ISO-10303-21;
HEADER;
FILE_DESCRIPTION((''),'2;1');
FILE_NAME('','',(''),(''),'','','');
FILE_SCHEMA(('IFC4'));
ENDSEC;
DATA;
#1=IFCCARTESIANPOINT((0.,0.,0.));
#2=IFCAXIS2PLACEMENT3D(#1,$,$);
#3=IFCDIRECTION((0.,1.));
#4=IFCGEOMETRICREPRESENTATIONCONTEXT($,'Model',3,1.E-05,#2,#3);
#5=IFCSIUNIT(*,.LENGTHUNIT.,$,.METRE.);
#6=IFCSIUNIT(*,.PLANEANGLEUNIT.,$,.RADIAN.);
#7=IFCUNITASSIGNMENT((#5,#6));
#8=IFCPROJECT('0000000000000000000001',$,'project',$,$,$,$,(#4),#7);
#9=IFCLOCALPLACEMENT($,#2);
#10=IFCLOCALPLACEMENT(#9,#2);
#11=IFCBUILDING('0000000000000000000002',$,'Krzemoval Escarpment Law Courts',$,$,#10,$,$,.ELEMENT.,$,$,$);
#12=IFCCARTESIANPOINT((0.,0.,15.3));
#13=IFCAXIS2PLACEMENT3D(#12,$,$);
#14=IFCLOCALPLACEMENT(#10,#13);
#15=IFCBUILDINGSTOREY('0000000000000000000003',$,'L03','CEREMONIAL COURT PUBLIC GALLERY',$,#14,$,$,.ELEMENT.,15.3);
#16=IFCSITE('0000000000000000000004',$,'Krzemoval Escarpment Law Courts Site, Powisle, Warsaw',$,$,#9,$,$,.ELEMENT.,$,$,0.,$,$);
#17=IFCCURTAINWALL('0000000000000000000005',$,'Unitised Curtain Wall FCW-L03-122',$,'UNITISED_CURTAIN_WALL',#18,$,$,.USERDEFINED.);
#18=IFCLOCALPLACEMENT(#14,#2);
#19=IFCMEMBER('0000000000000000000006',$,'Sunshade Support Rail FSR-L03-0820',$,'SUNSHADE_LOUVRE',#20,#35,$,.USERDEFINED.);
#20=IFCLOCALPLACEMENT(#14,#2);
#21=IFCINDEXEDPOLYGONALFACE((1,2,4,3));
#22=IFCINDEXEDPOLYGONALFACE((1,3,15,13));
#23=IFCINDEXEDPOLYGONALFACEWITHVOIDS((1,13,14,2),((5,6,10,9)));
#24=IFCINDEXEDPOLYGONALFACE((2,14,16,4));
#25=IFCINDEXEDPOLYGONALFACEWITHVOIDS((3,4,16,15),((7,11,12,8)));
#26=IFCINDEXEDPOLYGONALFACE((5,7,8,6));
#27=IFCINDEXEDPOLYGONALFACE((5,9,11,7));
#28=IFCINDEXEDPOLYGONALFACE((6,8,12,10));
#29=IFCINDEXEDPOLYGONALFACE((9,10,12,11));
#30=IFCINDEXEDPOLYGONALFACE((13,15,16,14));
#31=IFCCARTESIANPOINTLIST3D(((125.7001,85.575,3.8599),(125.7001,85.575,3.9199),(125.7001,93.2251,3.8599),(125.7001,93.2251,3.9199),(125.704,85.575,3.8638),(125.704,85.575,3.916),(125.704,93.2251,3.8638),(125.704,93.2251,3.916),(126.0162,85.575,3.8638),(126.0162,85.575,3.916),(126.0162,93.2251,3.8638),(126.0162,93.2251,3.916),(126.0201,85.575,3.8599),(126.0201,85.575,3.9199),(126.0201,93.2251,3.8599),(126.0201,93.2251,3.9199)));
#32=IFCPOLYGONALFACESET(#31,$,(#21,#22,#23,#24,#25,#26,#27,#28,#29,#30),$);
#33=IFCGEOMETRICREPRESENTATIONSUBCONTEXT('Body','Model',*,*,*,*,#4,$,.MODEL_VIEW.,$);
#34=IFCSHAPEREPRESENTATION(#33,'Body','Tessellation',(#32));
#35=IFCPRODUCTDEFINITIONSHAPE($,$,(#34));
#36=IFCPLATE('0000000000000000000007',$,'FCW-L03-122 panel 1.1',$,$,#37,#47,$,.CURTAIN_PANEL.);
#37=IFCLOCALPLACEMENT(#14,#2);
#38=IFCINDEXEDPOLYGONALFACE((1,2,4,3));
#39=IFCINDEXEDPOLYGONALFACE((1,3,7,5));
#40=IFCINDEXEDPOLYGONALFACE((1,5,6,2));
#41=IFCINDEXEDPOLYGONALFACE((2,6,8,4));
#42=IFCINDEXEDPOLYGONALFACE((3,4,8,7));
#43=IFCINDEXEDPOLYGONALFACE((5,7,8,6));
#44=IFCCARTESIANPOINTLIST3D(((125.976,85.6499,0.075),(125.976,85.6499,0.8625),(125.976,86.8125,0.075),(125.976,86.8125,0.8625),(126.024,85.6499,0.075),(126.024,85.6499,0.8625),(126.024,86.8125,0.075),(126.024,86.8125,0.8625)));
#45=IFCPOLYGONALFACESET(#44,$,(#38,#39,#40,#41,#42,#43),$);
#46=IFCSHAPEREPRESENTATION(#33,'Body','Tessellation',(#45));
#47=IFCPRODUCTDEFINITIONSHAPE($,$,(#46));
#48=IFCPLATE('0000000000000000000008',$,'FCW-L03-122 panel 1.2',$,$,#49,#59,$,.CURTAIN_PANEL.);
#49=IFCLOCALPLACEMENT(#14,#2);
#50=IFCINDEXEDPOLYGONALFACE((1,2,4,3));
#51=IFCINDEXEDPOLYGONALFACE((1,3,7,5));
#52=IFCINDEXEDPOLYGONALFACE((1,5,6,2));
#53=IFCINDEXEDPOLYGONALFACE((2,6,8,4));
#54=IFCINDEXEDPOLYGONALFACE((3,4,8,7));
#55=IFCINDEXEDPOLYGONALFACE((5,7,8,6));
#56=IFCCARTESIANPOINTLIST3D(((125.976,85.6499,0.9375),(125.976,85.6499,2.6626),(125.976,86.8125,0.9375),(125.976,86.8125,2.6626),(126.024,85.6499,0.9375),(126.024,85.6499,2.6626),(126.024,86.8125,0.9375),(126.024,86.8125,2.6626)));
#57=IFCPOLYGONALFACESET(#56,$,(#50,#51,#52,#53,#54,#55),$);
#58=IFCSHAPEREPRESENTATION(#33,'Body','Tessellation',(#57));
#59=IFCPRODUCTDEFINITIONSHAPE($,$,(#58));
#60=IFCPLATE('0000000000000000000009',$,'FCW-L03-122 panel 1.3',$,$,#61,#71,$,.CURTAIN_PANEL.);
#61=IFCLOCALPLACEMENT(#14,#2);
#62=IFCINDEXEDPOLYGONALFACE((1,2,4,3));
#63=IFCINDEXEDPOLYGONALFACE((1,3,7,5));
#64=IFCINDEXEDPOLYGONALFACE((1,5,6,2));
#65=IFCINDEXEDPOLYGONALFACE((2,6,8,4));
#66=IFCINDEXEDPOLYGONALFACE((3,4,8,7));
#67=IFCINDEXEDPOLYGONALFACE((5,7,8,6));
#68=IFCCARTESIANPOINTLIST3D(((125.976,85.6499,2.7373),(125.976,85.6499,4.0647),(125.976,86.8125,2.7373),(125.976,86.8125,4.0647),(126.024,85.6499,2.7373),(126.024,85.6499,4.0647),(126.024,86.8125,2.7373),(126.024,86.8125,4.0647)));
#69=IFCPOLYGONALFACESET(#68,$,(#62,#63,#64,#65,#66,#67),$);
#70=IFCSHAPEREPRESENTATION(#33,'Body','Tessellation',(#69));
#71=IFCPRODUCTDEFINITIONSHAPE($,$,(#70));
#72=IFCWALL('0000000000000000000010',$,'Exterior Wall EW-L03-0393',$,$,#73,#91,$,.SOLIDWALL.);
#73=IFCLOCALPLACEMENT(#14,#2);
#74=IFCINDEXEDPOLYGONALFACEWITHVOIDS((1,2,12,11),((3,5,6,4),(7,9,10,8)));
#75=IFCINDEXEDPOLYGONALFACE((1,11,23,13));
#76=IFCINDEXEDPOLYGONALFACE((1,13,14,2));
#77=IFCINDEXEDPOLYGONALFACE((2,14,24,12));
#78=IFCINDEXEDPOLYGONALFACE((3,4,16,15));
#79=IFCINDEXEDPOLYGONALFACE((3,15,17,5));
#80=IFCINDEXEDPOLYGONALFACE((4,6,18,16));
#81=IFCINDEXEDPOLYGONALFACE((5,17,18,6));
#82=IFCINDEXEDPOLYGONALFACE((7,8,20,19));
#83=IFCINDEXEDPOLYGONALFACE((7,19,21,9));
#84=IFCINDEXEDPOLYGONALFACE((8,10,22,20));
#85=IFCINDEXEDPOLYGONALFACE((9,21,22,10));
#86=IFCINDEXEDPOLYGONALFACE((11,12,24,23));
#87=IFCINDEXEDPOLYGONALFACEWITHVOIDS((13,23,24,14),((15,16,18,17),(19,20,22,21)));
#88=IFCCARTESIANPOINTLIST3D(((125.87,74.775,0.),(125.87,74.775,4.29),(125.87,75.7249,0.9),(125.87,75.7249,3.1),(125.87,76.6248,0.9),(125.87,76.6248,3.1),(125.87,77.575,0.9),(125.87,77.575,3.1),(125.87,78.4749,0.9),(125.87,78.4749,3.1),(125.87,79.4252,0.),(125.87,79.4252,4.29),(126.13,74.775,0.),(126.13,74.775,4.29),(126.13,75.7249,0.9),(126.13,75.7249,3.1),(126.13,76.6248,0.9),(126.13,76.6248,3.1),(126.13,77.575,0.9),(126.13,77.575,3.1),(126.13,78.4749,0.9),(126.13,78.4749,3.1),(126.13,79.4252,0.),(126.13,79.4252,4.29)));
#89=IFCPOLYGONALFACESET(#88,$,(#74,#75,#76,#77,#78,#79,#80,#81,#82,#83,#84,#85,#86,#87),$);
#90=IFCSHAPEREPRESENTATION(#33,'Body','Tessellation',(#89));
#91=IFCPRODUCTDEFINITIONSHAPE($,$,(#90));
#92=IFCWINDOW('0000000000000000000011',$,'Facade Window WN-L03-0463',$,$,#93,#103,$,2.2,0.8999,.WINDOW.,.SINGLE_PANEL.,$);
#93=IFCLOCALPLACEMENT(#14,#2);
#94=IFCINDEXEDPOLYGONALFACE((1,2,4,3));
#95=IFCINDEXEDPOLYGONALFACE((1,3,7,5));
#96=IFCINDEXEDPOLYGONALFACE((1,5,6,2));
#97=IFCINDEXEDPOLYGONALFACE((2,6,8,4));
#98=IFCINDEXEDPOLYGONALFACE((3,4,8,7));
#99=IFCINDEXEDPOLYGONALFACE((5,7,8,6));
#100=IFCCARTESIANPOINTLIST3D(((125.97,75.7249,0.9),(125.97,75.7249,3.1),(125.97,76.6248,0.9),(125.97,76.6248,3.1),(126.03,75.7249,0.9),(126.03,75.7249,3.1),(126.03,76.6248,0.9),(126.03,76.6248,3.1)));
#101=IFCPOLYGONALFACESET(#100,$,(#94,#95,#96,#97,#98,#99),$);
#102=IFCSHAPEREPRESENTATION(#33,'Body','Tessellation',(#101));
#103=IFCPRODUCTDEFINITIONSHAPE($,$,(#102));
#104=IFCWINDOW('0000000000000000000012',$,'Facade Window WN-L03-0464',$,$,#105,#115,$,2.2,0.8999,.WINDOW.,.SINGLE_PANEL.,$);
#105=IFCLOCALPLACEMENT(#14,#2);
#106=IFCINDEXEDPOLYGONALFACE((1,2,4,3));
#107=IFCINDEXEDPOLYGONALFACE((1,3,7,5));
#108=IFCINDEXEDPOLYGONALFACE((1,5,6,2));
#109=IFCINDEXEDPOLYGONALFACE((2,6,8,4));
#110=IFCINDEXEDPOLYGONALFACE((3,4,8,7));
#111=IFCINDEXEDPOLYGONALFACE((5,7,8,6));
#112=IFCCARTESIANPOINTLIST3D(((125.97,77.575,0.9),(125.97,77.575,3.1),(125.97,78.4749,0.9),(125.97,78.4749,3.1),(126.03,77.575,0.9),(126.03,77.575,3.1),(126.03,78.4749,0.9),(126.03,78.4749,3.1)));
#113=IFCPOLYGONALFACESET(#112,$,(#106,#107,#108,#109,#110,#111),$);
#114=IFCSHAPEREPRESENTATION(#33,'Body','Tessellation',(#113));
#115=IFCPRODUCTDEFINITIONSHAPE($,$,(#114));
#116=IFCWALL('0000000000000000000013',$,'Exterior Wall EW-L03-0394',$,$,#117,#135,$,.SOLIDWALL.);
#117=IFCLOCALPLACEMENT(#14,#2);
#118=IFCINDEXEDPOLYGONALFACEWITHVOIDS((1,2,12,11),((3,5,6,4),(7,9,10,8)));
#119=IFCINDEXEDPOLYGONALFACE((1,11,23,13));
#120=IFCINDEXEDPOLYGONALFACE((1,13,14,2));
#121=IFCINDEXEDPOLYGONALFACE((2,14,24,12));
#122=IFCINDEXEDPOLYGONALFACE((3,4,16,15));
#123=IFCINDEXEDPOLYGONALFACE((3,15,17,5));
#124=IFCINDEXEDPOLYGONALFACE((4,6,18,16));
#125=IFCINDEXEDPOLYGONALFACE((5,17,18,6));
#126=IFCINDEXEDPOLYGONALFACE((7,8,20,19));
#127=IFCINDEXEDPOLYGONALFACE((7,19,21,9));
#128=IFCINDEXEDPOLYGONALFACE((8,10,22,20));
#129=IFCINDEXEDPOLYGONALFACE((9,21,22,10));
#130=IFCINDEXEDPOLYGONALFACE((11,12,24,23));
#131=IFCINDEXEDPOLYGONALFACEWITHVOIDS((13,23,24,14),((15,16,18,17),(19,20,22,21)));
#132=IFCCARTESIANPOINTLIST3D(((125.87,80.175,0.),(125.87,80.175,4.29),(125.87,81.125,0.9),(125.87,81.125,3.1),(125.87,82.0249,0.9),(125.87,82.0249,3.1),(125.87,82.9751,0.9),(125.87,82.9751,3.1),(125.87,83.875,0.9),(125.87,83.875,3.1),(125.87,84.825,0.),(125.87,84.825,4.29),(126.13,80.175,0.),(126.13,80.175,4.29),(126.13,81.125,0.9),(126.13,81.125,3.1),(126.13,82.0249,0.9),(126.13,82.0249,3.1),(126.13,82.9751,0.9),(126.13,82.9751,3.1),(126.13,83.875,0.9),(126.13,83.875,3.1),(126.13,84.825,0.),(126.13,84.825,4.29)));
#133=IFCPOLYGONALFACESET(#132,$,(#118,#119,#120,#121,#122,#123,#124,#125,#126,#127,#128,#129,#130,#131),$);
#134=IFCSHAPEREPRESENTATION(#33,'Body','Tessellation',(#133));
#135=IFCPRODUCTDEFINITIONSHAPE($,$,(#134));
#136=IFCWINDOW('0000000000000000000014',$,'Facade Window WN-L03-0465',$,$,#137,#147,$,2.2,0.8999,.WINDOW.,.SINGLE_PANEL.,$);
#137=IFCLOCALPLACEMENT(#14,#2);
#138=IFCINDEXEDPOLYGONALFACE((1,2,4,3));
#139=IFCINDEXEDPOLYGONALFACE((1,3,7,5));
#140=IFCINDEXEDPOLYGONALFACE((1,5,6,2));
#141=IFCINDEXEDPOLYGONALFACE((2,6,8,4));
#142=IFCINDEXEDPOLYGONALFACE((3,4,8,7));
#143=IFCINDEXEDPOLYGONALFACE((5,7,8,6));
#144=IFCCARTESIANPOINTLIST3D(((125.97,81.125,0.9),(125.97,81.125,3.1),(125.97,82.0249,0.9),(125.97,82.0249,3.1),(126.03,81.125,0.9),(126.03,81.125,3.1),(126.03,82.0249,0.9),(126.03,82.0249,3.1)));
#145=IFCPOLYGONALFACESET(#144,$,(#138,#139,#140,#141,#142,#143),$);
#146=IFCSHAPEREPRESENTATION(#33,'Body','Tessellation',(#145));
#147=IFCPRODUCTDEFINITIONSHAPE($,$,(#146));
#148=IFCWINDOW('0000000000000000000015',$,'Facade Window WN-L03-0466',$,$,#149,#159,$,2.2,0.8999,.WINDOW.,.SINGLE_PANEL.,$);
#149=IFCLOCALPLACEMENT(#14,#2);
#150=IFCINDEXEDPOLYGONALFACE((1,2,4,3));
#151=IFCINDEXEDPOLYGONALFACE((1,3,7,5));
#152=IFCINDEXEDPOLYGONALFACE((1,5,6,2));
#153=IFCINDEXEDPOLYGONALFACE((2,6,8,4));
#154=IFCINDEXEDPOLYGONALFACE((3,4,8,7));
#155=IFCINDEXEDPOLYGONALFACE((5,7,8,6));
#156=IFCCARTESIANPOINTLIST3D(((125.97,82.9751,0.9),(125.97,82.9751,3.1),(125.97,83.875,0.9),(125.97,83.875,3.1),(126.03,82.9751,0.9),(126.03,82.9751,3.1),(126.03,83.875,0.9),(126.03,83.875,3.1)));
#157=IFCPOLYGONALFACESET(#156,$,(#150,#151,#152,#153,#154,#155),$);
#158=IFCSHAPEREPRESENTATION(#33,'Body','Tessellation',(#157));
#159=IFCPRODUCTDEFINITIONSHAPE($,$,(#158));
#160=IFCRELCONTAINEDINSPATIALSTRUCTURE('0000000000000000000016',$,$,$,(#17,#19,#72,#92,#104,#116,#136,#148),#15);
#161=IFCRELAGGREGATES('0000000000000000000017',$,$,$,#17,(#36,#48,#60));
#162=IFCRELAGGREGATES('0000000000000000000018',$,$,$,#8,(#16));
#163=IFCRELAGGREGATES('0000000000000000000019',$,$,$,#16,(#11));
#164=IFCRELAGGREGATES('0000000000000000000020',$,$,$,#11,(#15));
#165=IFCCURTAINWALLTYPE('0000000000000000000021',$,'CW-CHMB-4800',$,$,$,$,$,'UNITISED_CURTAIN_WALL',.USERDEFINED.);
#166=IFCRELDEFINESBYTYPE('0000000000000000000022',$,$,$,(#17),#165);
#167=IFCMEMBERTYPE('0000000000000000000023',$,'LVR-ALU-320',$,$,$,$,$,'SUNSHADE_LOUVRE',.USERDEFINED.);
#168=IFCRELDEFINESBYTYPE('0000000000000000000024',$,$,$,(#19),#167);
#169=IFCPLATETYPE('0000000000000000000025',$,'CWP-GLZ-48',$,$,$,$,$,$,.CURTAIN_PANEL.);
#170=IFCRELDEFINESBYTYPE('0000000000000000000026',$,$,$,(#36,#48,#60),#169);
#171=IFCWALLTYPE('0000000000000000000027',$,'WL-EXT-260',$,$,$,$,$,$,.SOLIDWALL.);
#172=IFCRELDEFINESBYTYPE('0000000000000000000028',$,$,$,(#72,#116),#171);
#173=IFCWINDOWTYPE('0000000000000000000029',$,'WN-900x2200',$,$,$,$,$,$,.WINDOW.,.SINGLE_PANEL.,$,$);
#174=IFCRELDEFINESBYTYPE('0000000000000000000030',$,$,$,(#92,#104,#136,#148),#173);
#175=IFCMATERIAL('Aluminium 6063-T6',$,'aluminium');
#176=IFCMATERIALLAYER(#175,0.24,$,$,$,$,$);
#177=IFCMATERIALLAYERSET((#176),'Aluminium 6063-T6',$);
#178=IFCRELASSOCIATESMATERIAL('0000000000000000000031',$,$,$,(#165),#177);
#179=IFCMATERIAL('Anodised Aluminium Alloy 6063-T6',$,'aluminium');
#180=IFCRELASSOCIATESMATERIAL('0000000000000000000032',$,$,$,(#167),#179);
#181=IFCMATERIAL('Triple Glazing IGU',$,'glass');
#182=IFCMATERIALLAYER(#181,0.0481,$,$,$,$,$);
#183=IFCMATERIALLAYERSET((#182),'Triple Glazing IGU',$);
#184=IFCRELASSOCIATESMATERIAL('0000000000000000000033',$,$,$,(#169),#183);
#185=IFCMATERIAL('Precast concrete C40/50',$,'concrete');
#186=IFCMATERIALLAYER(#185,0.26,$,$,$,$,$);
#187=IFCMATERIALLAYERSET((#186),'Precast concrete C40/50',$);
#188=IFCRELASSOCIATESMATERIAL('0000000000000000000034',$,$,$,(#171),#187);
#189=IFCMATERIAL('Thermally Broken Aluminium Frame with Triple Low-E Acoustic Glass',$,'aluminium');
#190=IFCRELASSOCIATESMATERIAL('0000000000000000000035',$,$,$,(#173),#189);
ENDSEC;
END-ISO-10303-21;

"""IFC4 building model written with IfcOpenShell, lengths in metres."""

from ifc_helpers import new_model, si_unit, direction, frame, frame_2d, origin, origin_2d, place, context, subcontext, project, spatial, rectangle, hollow_rectangle, extrude, material, layer, layer_set, material_profile, profile_set, type_object, element, fill, aggregate, save


model = new_model("IFC4")

# Units and contexts
model_context = context("Model", 3, precision=1e-05, world=origin(), true_north=direction((0.0, 1.0)))
body_context = subcontext(model_context, "Body", "Model", "MODEL_VIEW")
ifc_project = project(units=[si_unit("LENGTHUNIT", "METRE"), si_unit("PLANEANGLEUNIT", "RADIAN")], contexts=[model_context])

# Site, building, storey
site_placement = place(None, origin())
site = spatial("IfcSite", under=ifc_project, at=site_placement, Name="Krzemoval Escarpment Law Courts Site, Powisle, Warsaw", CompositionType="ELEMENT", RefElevation=0.0)
building_placement = place(site_placement, origin())
building = spatial("IfcBuilding", under=site, at=building_placement, Name="Krzemoval Escarpment Law Courts", CompositionType="ELEMENT")
storey_placement = place(building_placement, frame((0.0, 0.0, 15.3)))
storey = spatial("IfcBuildingStorey", under=building, at=storey_placement, Name="L03", Description="CEREMONIAL COURT PUBLIC GALLERY", CompositionType="ELEMENT", Elevation=15.3)

# Curtain wall
ifc_material_1 = material(Name="Aluminium 6063-T6", Category="aluminium")
ifc_layer_1 = layer(ifc_material_1, 0.24)
ifc_layer_set_1 = layer_set([ifc_layer_1], Name="Aluminium 6063-T6")
curtain_wall_type = type_object("IfcCurtainWallType", Name="CW-CHMB-4800", ElementType="UNITISED_CURTAIN_WALL", PredefinedType="USERDEFINED", material=ifc_layer_set_1)
curtain_wall_placement = place(storey_placement, origin())
curtain_wall = element("IfcCurtainWall", 1, at=curtain_wall_placement, inside=storey, type_object=curtain_wall_type, Name="Unitised Curtain Wall FCW-L03-122", ObjectType="UNITISED_CURTAIN_WALL", PredefinedType="USERDEFINED")

# Member
ifc_material_2 = material(Name="Anodised Aluminium Alloy 6063-T6", Category="aluminium")
ifc_material_profile_1 = material_profile(ifc_material_2, hollow_rectangle(XDim=0.0601, YDim=0.3201, WallThickness=0.0039, at=origin_2d()), Name="ALU LVR 60x320")
ifc_profile_set_1 = profile_set([ifc_material_profile_1], Name="Anodised Aluminium Alloy 6063-T6")
member_type_1 = type_object("IfcMemberType", Name="LVR-ALU-320", ElementType="SUNSHADE_LOUVRE", PredefinedType="USERDEFINED", material=ifc_profile_set_1)
for number, where, z_axis, x_axis, name in (
    (2, (125.8601, 85.575, 3.8899), (0.0, 1.0, 0.0), (0.0, 0.0, 1.0), "Sunshade Support Rail FSR-L03-0820"),
):
    element("IfcMember", number, at=place(storey_placement, frame(where, z_axis=z_axis, x_axis=x_axis)), inside=storey, type_object=member_type_1, Name=name, ObjectType="SUNSHADE_LOUVRE", PredefinedType="USERDEFINED", context=body_context, shape_type="SweptSolid", body=[
        extrude(hollow_rectangle(XDim=0.0601, YDim=0.3201, WallThickness=0.0039, at=origin_2d()), origin(), (0.0, 0.0, 1.0), 7.6501),
    ])

# Plates
ifc_material_3 = material(Name="Triple Glazing IGU", Category="glass")
ifc_layer_2 = layer(ifc_material_3, 0.0481)
ifc_layer_set_2 = layer_set([ifc_layer_2], Name="Triple Glazing IGU")
plate_type = type_object("IfcPlateType", Name="CWP-GLZ-48", PredefinedType="CURTAIN_PANEL", material=ifc_layer_set_2)
plate_1_placement = place(storey_placement, frame((126.0, 86.2312, 0.075), z_axis=(0.0, 0.0, 1.0), x_axis=(0.0, 1.0, 0.0)))
plate_1 = element("IfcPlate", 3, at=plate_1_placement, type_object=plate_type, Name="FCW-L03-122 panel 1.1", PredefinedType="CURTAIN_PANEL", context=body_context, shape_type="SweptSolid", body=[
    extrude(rectangle(XDim=1.1626, YDim=0.0481, at=origin_2d()), origin(), (0.0, 0.0, 1.0), 0.7876),
])
plate_2_placement = place(storey_placement, frame((126.0, 86.2312, 0.9375), z_axis=(0.0, 0.0, 1.0), x_axis=(0.0, 1.0, 0.0)))
plate_2 = element("IfcPlate", 4, at=plate_2_placement, type_object=plate_type, Name="FCW-L03-122 panel 1.2", PredefinedType="CURTAIN_PANEL", context=body_context, shape_type="SweptSolid", body=[
    extrude(rectangle(XDim=1.1626, YDim=0.0481, at=origin_2d()), origin(), (0.0, 0.0, 1.0), 1.7251),
])
plate_3_placement = place(storey_placement, frame((126.0, 86.2312, 2.7373), z_axis=(0.0, 0.0, 1.0), x_axis=(0.0, 1.0, 0.0)))
plate_3 = element("IfcPlate", 5, at=plate_3_placement, type_object=plate_type, Name="FCW-L03-122 panel 1.3", PredefinedType="CURTAIN_PANEL", context=body_context, shape_type="SweptSolid", body=[
    extrude(rectangle(XDim=1.1626, YDim=0.0481, at=origin_2d()), origin(), (0.0, 0.0, 1.0), 1.3274),
])
aggregate(curtain_wall, [plate_1, plate_2, plate_3])

# Walls, openings, windows
ifc_material_4 = material(Name="Precast concrete C40/50", Category="concrete")
ifc_layer_3 = layer(ifc_material_4, 0.26)
ifc_layer_set_3 = layer_set([ifc_layer_3], Name="Precast concrete C40/50")
wall_type = type_object("IfcWallType", Name="WL-EXT-260", PredefinedType="SOLIDWALL", material=ifc_layer_set_3)
wall_1_placement = place(storey_placement, frame((126.0, 74.7749, 0.0), z_axis=(0.0, 0.0, 1.0), x_axis=(0.0, 1.0, 0.0)))
wall_1 = element("IfcWall", 6, at=wall_1_placement, inside=storey, type_object=wall_type, Name="Exterior Wall EW-L03-0393", PredefinedType="SOLIDWALL", context=body_context, shape_type="SweptSolid", body=[
    extrude(rectangle(XDim=4.6501, YDim=0.26, at=frame_2d((2.3252, 0.0))), origin(), (0.0, 0.0, 1.0), 4.29),
])
opening_1_placement = place(wall_1_placement, frame((0.95, 0.0, 0.8999)))
opening_1 = element("IfcOpeningElement", 7, at=opening_1_placement, cuts=wall_1, PredefinedType="OPENING", context=body_context, shape_type="SweptSolid", body=[
    extrude(rectangle(XDim=0.8999, YDim=2.2, at=frame_2d((0.45, 1.1001))), frame((0.0, 0.145, 0.0), z_axis=(0.0, -1.0, 0.0), x_axis=(1.0, 0.0, 0.0)), (0.0, 0.0, 1.0), 0.29),
])
opening_2_placement = place(wall_1_placement, frame((2.8, 0.0, 0.8999)))
opening_2 = element("IfcOpeningElement", 8, at=opening_2_placement, cuts=wall_1, PredefinedType="OPENING", context=body_context, shape_type="SweptSolid", body=[
    extrude(rectangle(XDim=0.8999, YDim=2.2, at=frame_2d((0.45, 1.1001))), frame((0.0, 0.145, 0.0), z_axis=(0.0, -1.0, 0.0), x_axis=(1.0, 0.0, 0.0)), (0.0, 0.0, 1.0), 0.29),
])
ifc_material_5 = material(Name="Thermally Broken Aluminium Frame with Triple Low-E Acoustic Glass", Category="aluminium")
window_type = type_object("IfcWindowType", Name="WN-900x2200", PartitioningType="SINGLE_PANEL", PredefinedType="WINDOW", material=ifc_material_5)
window_1_placement = place(opening_1_placement, origin())
window_1 = element("IfcWindow", 9, at=window_1_placement, inside=storey, type_object=window_type, Name="Facade Window WN-L03-0463", OverallHeight=2.2, OverallWidth=0.8999, PartitioningType="SINGLE_PANEL", PredefinedType="WINDOW", context=body_context, shape_type="SweptSolid", body=[
    extrude(rectangle(XDim=0.8999, YDim=2.2, at=frame_2d((0.45, 1.1001))), frame((0.0, 0.03, 0.0), z_axis=(0.0, -1.0, 0.0), x_axis=(1.0, 0.0, 0.0)), (0.0, 0.0, 1.0), 0.0601),
])
fill(opening_1, window_1)
window_2_placement = place(opening_2_placement, origin())
window_2 = element("IfcWindow", 10, at=window_2_placement, inside=storey, type_object=window_type, Name="Facade Window WN-L03-0464", OverallHeight=2.2, OverallWidth=0.8999, PartitioningType="SINGLE_PANEL", PredefinedType="WINDOW", context=body_context, shape_type="SweptSolid", body=[
    extrude(rectangle(XDim=0.8999, YDim=2.2, at=frame_2d((0.45, 1.1001))), frame((0.0, 0.03, 0.0), z_axis=(0.0, -1.0, 0.0), x_axis=(1.0, 0.0, 0.0)), (0.0, 0.0, 1.0), 0.0601),
])
fill(opening_2, window_2)
wall_2_placement = place(storey_placement, frame((126.0, 80.175, 0.0), z_axis=(0.0, 0.0, 1.0), x_axis=(0.0, 1.0, 0.0)))
wall_2 = element("IfcWall", 11, at=wall_2_placement, inside=storey, type_object=wall_type, Name="Exterior Wall EW-L03-0394", PredefinedType="SOLIDWALL", context=body_context, shape_type="SweptSolid", body=[
    extrude(rectangle(XDim=4.6499, YDim=0.26, at=frame_2d((2.325, 0.0))), origin(), (0.0, 0.0, 1.0), 4.29),
])
opening_3_placement = place(wall_2_placement, frame((0.95, 0.0, 0.8999)))
opening_3 = element("IfcOpeningElement", 12, at=opening_3_placement, cuts=wall_2, PredefinedType="OPENING", context=body_context, shape_type="SweptSolid", body=[
    extrude(rectangle(XDim=0.8999, YDim=2.2, at=frame_2d((0.45, 1.1001))), frame((0.0, 0.145, 0.0), z_axis=(0.0, -1.0, 0.0), x_axis=(1.0, 0.0, 0.0)), (0.0, 0.0, 1.0), 0.29),
])
opening_4_placement = place(wall_2_placement, frame((2.8, 0.0, 0.8999)))
opening_4 = element("IfcOpeningElement", 13, at=opening_4_placement, cuts=wall_2, PredefinedType="OPENING", context=body_context, shape_type="SweptSolid", body=[
    extrude(rectangle(XDim=0.8999, YDim=2.2, at=frame_2d((0.45, 1.1001))), frame((0.0, 0.145, 0.0), z_axis=(0.0, -1.0, 0.0), x_axis=(1.0, 0.0, 0.0)), (0.0, 0.0, 1.0), 0.29),
])
window_3_placement = place(opening_3_placement, origin())
window_3 = element("IfcWindow", 14, at=window_3_placement, inside=storey, type_object=window_type, Name="Facade Window WN-L03-0465", OverallHeight=2.2, OverallWidth=0.8999, PartitioningType="SINGLE_PANEL", PredefinedType="WINDOW", context=body_context, shape_type="SweptSolid", body=[
    extrude(rectangle(XDim=0.8999, YDim=2.2, at=frame_2d((0.45, 1.1001))), frame((0.0, 0.03, 0.0), z_axis=(0.0, -1.0, 0.0), x_axis=(1.0, 0.0, 0.0)), (0.0, 0.0, 1.0), 0.0601),
])
fill(opening_3, window_3)
window_4_placement = place(opening_4_placement, origin())
window_4 = element("IfcWindow", 15, at=window_4_placement, inside=storey, type_object=window_type, Name="Facade Window WN-L03-0466", OverallHeight=2.2, OverallWidth=0.8999, PartitioningType="SINGLE_PANEL", PredefinedType="WINDOW", context=body_context, shape_type="SweptSolid", body=[
    extrude(rectangle(XDim=0.8999, YDim=2.2, at=frame_2d((0.45, 1.1001))), frame((0.0, 0.03, 0.0), z_axis=(0.0, -1.0, 0.0), x_axis=(1.0, 0.0, 0.0)), (0.0, 0.0, 1.0), 0.0601),
])
fill(opening_4, window_4)

save(model, "model.ifc")
